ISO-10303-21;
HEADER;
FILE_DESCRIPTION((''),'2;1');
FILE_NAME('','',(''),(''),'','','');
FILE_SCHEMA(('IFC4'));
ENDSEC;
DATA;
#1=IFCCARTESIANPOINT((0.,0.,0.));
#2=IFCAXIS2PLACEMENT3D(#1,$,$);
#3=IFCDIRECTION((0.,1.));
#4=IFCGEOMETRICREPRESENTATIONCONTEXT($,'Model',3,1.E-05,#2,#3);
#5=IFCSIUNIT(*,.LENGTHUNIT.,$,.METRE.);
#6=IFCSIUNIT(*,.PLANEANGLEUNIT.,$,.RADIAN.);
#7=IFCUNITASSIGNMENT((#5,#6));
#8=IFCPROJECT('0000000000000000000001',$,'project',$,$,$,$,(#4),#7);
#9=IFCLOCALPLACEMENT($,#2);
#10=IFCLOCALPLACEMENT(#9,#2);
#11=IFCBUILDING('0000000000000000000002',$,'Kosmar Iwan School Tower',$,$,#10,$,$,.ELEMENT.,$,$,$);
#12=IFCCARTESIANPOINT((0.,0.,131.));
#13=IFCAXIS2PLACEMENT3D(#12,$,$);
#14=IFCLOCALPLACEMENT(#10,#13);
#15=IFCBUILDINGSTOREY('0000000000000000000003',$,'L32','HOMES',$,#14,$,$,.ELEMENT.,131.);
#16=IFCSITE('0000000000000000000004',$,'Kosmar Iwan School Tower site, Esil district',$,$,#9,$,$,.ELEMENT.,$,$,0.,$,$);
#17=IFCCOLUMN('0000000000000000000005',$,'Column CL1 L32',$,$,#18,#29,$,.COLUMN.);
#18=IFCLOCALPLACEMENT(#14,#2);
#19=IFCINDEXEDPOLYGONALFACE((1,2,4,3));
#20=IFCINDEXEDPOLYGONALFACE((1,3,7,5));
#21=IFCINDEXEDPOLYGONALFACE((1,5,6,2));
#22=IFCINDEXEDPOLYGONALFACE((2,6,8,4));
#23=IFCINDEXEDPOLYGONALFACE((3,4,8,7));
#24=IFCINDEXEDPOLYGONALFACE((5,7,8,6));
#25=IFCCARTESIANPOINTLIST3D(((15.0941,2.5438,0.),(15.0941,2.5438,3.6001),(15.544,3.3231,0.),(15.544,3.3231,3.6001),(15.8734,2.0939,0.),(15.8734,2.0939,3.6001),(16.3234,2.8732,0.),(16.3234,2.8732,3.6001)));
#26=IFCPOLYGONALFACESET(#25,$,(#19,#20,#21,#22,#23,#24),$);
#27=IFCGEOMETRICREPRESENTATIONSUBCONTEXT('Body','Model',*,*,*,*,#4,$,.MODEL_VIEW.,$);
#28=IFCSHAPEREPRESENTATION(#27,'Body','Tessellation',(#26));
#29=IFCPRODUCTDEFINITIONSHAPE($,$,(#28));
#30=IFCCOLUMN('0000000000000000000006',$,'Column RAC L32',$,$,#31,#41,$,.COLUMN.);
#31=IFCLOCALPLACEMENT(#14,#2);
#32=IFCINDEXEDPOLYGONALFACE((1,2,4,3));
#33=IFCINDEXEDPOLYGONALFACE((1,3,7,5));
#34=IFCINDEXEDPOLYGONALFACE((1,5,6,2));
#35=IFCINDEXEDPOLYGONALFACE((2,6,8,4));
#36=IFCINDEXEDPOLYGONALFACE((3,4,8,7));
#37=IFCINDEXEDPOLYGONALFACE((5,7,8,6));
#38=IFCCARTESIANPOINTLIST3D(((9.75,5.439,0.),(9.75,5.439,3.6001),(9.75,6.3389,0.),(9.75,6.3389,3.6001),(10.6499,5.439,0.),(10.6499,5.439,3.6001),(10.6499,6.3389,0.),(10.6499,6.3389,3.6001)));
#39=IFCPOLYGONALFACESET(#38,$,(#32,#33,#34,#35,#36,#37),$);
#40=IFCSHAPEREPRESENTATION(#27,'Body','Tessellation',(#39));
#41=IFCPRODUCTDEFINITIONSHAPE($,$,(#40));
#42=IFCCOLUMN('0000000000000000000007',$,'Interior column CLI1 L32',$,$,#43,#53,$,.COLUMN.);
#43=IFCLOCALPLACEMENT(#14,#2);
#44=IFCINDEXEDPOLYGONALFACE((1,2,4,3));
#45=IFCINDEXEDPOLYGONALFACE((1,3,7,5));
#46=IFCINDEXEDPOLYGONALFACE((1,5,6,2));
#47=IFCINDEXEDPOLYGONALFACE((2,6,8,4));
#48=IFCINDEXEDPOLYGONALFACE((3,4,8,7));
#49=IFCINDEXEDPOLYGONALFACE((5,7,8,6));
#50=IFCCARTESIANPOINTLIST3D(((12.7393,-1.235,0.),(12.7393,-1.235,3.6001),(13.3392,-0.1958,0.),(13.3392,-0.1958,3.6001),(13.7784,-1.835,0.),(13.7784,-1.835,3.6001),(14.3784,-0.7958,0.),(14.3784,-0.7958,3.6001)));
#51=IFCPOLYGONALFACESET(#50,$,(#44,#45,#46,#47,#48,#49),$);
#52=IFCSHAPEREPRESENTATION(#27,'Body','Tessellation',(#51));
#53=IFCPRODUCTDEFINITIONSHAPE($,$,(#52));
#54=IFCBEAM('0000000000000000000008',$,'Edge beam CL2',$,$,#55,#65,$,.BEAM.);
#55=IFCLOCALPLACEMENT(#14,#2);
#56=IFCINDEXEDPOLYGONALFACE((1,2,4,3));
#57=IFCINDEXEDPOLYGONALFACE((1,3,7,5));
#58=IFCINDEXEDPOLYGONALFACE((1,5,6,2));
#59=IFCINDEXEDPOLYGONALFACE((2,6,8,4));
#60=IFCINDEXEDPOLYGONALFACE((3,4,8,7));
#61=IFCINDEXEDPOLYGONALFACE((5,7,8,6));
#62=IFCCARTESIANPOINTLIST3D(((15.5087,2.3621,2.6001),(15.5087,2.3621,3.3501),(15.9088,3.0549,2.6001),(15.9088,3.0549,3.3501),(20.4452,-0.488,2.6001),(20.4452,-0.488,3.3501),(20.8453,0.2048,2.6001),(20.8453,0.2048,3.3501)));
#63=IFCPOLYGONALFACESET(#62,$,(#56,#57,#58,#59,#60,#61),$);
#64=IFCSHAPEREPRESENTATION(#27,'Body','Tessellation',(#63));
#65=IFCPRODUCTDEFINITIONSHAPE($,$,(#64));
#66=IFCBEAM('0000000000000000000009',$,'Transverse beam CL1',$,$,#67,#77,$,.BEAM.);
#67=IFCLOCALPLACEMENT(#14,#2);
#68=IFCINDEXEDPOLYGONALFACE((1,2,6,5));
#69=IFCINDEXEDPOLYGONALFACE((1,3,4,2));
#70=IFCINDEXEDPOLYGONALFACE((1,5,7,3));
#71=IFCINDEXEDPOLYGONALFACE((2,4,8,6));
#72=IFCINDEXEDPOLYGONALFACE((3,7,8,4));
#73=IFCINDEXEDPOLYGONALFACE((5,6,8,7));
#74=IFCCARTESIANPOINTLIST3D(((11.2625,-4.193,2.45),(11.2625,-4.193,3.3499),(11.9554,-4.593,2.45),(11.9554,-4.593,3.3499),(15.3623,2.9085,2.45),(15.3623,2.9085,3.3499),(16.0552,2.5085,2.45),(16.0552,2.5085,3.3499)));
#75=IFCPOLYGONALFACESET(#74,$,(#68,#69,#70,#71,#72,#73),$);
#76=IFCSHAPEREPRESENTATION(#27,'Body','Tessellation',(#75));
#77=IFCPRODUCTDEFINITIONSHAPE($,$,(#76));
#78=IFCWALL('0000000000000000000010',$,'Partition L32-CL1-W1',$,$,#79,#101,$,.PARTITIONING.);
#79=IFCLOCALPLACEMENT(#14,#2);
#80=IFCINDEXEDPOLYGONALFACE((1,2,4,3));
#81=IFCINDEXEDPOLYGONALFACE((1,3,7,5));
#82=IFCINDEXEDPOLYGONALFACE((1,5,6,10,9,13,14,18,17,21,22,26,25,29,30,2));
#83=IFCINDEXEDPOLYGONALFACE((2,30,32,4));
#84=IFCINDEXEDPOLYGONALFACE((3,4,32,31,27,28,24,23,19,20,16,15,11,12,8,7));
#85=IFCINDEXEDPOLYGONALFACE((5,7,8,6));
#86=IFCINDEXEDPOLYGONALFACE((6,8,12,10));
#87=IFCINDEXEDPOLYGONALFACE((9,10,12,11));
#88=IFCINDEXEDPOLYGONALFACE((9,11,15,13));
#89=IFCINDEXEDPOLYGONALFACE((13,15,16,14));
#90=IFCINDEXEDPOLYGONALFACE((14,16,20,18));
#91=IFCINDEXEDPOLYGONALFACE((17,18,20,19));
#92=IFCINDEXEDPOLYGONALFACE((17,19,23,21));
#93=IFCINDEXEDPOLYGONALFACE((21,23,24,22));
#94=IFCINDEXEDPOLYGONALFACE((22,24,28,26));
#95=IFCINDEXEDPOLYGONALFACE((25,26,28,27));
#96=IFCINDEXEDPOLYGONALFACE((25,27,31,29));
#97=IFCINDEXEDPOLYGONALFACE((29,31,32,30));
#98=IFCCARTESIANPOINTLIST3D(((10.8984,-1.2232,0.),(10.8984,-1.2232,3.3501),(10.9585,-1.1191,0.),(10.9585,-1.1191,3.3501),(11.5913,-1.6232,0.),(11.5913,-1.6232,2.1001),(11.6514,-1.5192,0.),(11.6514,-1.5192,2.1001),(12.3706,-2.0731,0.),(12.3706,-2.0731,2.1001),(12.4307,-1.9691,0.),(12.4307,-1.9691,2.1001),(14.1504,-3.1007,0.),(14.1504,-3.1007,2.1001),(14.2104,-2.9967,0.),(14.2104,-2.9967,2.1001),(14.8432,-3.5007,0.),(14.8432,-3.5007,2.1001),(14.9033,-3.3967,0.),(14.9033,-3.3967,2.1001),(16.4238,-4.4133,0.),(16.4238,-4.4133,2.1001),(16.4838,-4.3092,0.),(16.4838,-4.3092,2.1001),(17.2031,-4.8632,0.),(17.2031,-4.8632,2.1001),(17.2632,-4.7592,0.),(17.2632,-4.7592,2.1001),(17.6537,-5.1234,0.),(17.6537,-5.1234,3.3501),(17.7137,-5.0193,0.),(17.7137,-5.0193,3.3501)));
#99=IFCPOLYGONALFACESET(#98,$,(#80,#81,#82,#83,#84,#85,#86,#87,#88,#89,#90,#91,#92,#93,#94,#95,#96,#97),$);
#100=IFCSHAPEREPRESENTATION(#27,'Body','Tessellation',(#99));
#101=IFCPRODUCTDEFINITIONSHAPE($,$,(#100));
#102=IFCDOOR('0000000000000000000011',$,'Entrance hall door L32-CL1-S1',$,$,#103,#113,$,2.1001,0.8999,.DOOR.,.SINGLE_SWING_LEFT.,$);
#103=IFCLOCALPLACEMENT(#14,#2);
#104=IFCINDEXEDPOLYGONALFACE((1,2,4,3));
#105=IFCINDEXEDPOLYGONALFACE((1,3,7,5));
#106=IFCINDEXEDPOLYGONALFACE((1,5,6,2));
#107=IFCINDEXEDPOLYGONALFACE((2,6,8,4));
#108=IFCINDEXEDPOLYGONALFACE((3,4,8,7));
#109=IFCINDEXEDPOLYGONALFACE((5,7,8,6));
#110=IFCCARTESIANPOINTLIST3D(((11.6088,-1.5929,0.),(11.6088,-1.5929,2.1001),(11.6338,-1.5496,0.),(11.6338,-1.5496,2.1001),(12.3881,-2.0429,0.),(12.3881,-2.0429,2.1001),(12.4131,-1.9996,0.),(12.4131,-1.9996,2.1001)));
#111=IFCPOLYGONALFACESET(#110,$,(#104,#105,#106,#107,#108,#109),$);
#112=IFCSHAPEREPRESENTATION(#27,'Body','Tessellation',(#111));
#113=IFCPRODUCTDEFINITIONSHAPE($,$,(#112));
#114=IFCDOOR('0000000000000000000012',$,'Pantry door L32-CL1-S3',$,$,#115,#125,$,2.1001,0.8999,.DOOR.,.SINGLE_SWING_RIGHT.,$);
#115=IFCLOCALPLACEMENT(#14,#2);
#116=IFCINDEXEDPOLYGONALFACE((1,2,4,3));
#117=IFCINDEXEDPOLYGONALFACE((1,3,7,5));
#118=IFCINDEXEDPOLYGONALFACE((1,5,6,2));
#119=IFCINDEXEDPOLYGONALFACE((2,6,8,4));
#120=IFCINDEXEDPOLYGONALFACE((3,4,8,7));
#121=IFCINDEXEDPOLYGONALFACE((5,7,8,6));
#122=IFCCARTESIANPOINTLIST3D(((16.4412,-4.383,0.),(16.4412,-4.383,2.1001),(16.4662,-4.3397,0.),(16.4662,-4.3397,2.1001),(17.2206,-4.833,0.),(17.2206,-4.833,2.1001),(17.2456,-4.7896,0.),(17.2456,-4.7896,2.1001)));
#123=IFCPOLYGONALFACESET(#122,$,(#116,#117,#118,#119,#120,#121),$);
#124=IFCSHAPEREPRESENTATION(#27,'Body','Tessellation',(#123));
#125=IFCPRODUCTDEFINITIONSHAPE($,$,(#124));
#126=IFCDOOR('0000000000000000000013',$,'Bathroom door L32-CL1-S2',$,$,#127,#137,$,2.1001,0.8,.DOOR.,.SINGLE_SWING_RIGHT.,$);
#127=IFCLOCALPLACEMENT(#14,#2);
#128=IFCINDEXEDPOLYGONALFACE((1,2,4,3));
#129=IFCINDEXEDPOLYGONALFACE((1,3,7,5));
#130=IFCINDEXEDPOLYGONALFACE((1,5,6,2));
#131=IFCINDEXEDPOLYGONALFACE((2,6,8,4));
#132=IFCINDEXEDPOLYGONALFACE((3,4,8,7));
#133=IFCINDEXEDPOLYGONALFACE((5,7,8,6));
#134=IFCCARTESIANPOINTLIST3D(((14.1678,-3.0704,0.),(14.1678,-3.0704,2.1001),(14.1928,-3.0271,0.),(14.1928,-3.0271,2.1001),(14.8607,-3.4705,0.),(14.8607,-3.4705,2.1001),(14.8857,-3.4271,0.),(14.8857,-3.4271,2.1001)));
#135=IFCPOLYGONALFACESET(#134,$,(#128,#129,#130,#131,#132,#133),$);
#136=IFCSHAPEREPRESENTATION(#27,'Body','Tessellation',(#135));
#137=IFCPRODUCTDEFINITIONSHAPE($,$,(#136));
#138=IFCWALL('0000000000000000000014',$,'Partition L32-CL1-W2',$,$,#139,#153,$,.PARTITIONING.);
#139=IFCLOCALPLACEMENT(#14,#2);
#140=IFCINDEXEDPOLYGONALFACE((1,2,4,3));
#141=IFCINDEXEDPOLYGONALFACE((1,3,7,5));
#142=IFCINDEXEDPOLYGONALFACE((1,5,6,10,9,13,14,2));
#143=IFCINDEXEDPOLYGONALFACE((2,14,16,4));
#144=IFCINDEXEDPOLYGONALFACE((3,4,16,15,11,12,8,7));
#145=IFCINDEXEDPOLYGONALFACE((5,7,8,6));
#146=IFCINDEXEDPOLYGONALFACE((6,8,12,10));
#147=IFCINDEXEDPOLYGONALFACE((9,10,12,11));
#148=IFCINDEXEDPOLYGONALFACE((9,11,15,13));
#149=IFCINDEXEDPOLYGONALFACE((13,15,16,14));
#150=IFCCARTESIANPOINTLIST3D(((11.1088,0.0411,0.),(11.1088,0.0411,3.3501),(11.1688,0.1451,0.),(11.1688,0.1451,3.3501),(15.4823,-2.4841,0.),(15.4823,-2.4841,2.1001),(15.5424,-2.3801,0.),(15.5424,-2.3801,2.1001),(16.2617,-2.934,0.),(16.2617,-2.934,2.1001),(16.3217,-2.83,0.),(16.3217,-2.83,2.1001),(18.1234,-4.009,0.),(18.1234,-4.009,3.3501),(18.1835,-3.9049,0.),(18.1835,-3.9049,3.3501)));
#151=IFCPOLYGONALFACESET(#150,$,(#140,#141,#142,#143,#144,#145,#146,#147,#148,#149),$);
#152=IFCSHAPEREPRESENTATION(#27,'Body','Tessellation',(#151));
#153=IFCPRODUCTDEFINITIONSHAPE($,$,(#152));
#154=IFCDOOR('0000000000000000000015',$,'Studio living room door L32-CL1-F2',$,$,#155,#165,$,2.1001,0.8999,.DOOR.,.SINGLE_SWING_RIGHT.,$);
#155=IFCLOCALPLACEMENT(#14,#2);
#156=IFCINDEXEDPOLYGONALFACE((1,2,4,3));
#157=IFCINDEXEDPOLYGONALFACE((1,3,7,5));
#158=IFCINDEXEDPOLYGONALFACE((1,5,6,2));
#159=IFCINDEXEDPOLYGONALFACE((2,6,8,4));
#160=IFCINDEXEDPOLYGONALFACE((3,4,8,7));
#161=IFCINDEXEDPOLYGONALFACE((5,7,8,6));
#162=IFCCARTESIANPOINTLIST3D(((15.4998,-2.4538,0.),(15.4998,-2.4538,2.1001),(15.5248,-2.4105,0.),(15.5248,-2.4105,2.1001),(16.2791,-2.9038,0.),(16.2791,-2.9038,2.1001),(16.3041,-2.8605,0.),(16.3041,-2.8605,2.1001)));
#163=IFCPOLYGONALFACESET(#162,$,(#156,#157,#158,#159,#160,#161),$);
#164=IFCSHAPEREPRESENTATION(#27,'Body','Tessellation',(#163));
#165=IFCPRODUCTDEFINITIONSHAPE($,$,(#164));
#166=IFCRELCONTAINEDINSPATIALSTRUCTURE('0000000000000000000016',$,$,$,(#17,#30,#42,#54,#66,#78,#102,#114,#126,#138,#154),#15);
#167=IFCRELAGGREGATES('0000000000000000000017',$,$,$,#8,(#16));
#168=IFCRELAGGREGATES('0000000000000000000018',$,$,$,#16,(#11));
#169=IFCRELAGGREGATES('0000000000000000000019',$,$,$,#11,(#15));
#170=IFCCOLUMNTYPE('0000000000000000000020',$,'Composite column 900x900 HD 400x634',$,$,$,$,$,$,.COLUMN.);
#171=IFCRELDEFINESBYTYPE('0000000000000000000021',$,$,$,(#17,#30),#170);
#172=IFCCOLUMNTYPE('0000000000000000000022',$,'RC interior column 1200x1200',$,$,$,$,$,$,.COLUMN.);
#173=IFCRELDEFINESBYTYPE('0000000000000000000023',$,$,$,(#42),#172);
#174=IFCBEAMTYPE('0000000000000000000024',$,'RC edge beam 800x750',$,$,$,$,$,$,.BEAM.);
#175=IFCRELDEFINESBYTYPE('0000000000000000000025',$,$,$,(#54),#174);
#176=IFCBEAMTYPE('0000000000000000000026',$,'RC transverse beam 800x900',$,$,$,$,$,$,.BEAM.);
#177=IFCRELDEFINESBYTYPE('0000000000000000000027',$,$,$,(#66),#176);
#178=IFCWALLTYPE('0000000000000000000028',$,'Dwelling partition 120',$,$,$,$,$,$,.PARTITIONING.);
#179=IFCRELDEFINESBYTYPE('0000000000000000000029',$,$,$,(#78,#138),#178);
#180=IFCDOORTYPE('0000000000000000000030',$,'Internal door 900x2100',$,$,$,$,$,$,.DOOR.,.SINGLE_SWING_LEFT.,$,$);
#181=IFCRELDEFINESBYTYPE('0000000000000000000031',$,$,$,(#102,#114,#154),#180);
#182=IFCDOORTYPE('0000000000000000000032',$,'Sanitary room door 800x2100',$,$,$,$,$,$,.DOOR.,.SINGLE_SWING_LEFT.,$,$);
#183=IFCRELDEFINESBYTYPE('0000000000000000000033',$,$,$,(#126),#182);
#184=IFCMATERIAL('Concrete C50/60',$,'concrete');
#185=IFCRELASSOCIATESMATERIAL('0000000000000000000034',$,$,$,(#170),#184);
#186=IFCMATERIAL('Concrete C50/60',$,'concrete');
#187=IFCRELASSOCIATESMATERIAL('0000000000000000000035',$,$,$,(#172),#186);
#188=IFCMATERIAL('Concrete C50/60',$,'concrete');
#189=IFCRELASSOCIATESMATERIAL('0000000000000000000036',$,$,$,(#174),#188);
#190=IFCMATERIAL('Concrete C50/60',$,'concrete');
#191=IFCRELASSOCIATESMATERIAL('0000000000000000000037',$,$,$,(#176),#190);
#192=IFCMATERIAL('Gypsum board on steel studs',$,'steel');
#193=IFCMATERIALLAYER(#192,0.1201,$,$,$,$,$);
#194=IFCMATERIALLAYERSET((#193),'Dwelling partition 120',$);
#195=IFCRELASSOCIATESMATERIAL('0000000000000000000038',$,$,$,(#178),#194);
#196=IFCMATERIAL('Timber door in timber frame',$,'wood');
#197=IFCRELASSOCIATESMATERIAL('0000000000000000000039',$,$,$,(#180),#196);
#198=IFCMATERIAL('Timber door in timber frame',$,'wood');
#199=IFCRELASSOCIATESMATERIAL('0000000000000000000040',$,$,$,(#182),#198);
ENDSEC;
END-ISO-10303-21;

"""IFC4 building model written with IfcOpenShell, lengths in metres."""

from ifc_helpers import new_model, si_unit, direction, frame, frame_2d, origin, origin_2d, place, context, subcontext, project, spatial, rectangle, extrude, material, layer, layer_set, material_profile, profile_set, type_object, element, fill, save


model = new_model("IFC4")

# Units and contexts
model_context = context("Model", 3, precision=1e-05, world=origin(), true_north=direction((0.0, 1.0)))
body_context = subcontext(model_context, "Body", "Model", "MODEL_VIEW")
ifc_project = project(units=[si_unit("LENGTHUNIT", "METRE"), si_unit("PLANEANGLEUNIT", "RADIAN")], contexts=[model_context])

# Site, building, storey
site_placement = place(None, origin())
site = spatial("IfcSite", under=ifc_project, at=site_placement, Name="Kosmar Iwan School Tower site, Esil district", CompositionType="ELEMENT", RefElevation=0.0)
building_placement = place(site_placement, origin())
building = spatial("IfcBuilding", under=site, at=building_placement, Name="Kosmar Iwan School Tower", CompositionType="ELEMENT")
storey_placement = place(building_placement, frame((0.0, 0.0, 131.0)))
storey = spatial("IfcBuildingStorey", under=building, at=storey_placement, Name="L32", Description="HOMES", CompositionType="ELEMENT", Elevation=131.0)

# Columns
ifc_material_1 = material(Name="Concrete C50/60", Category="concrete")
ifc_material_profile_1 = material_profile(ifc_material_1, rectangle(XDim=0.8999, YDim=0.8999, at=origin_2d()), Name="RC 900x900 + HD 400x634")
ifc_profile_set_1 = profile_set([ifc_material_profile_1], Name="Concrete C50/60")
column_type_1 = type_object("IfcColumnType", Name="Composite column 900x900 HD 400x634", PredefinedType="COLUMN", material=ifc_profile_set_1)
for number, where, z_axis, x_axis, name in (
    (1, (15.7087, 2.7085, 0.0), (0.0, 0.0, 1.0), (0.866025, -0.5, 0.0), "Column CL1 L32"),
    (2, (10.2, 5.8889, 0.0), (0.0, 0.0, 1.0), (1.0, 0.0, 0.0), "Column RAC L32"),
):
    element("IfcColumn", number, at=place(storey_placement, frame(where, z_axis=z_axis, x_axis=x_axis)), inside=storey, type_object=column_type_1, Name=name, PredefinedType="COLUMN", context=body_context, shape_type="SweptSolid", body=[
        extrude(rectangle(XDim=0.8999, YDim=0.8999, at=origin_2d()), origin(), (0.0, 0.0, 1.0), 3.6001),
    ])
ifc_material_2 = material(Name="Concrete C50/60", Category="concrete")
ifc_material_profile_2 = material_profile(ifc_material_2, rectangle(XDim=1.2, YDim=1.2, at=origin_2d()), Name="RC 1200x1200")
ifc_profile_set_2 = profile_set([ifc_material_profile_2], Name="Concrete C50/60")
column_type_2 = type_object("IfcColumnType", Name="RC interior column 1200x1200", PredefinedType="COLUMN", material=ifc_profile_set_2)
column_placement = place(storey_placement, frame((13.5588, -1.0154, 0.0), z_axis=(0.0, 0.0, 1.0), x_axis=(0.866025, -0.5, 0.0)))
element("IfcColumn", 3, at=column_placement, inside=storey, type_object=column_type_2, Name="Interior column CLI1 L32", PredefinedType="COLUMN", context=body_context, shape_type="SweptSolid", body=[
    extrude(rectangle(XDim=1.2, YDim=1.2, at=origin_2d()), origin(), (0.0, 0.0, 1.0), 3.6001),
])

# Beams
ifc_material_3 = material(Name="Concrete C50/60", Category="concrete")
ifc_material_profile_3 = material_profile(ifc_material_3, rectangle(XDim=0.8, YDim=0.75, at=origin_2d()), Name="RC 800x750")
ifc_profile_set_3 = profile_set([ifc_material_profile_3], Name="Concrete C50/60")
beam_type_1 = type_object("IfcBeamType", Name="RC edge beam 800x750", PredefinedType="BEAM", material=ifc_profile_set_3)
beam_1_placement = place(storey_placement, frame((15.7087, 2.7085, 2.9751), z_axis=(0.866026, -0.499999, 0.0), x_axis=(0.499999, 0.866026, 0.0)))
element("IfcBeam", 4, at=beam_1_placement, inside=storey, type_object=beam_type_1, Name="Edge beam CL2", PredefinedType="BEAM", context=body_context, shape_type="SweptSolid", body=[
    extrude(rectangle(XDim=0.8, YDim=0.75, at=origin_2d()), origin(), (0.0, 0.0, 1.0), 5.7002),
])
ifc_material_4 = material(Name="Concrete C50/60", Category="concrete")
ifc_material_profile_4 = material_profile(ifc_material_4, rectangle(XDim=0.8, YDim=0.8999, at=origin_2d()), Name="RC 800x900")
ifc_profile_set_4 = profile_set([ifc_material_profile_4], Name="Concrete C50/60")
beam_type_2 = type_object("IfcBeamType", Name="RC transverse beam 800x900", PredefinedType="BEAM", material=ifc_profile_set_4)
beam_2_placement = place(storey_placement, frame((15.7087, 2.7085, 2.8999), z_axis=(-0.499978, -0.866038, 0.0), x_axis=(0.866038, -0.499978, 0.0)))
element("IfcBeam", 5, at=beam_2_placement, inside=storey, type_object=beam_type_2, Name="Transverse beam CL1", PredefinedType="BEAM", context=body_context, shape_type="SweptSolid", body=[
    extrude(rectangle(XDim=0.8, YDim=0.8999, at=origin_2d()), origin(), (0.0, 0.0, 1.0), 8.2),
])

# Wall, openings, doors
ifc_material_5 = material(Name="Gypsum board on steel studs", Category="steel")
ifc_layer_1 = layer(ifc_material_5, 0.1201)
ifc_layer_set_1 = layer_set([ifc_layer_1], Name="Dwelling partition 120")
wall_type_1 = type_object("IfcWallType", Name="Dwelling partition 120", PredefinedType="PARTITIONING", material=ifc_layer_set_1)
wall_1_placement = place(storey_placement, frame((10.9285, -1.1711, 0.0), z_axis=(0.0, 0.0, 1.0), x_axis=(0.866021, -0.500007, 0.0)))
wall_1 = element("IfcWall", 6, at=wall_1_placement, inside=storey, type_object=wall_type_1, Name="Partition L32-CL1-W1", PredefinedType="PARTITIONING", context=body_context, shape_type="SweptSolid", body=[
    extrude(rectangle(XDim=7.8003, YDim=0.1201, at=frame_2d((3.9001, 0.0))), origin(), (0.0, 0.0, 1.0), 3.3501),
])
opening_1_placement = place(wall_1_placement, frame((0.8, 0.0, 0.0)))
opening_1 = element("IfcOpeningElement", 7, at=opening_1_placement, cuts=wall_1, PredefinedType="OPENING", context=body_context, shape_type="SweptSolid", body=[
    extrude(rectangle(XDim=0.8999, YDim=2.1001, at=frame_2d((0.45, 1.05))), frame((0.0, 0.072, 0.0), z_axis=(0.0, -1.0, 0.0), x_axis=(1.0, 0.0, 0.0)), (0.0, 0.0, 1.0), 0.144),
])
opening_2_placement = place(wall_1_placement, frame((3.7551, 0.0, 0.0)))
opening_2 = element("IfcOpeningElement", 8, at=opening_2_placement, cuts=wall_1, PredefinedType="OPENING", context=body_context, shape_type="SweptSolid", body=[
    extrude(rectangle(XDim=0.8, YDim=2.1001, at=frame_2d((0.3999, 1.05))), frame((0.0, 0.072, 0.0), z_axis=(0.0, -1.0, 0.0), x_axis=(1.0, 0.0, 0.0)), (0.0, 0.0, 1.0), 0.144),
])
opening_3_placement = place(wall_1_placement, frame((6.3801, 0.0, 0.0)))
opening_3 = element("IfcOpeningElement", 9, at=opening_3_placement, cuts=wall_1, PredefinedType="OPENING", context=body_context, shape_type="SweptSolid", body=[
    extrude(rectangle(XDim=0.8999, YDim=2.1001, at=frame_2d((0.45, 1.05))), frame((0.0, 0.072, 0.0), z_axis=(0.0, -1.0, 0.0), x_axis=(1.0, 0.0, 0.0)), (0.0, 0.0, 1.0), 0.144),
])
ifc_material_6 = material(Name="Timber door in timber frame", Category="wood")
door_type_1 = type_object("IfcDoorType", Name="Internal door 900x2100", OperationType="SINGLE_SWING_LEFT", PredefinedType="DOOR", material=ifc_material_6)
door_1_placement = place(opening_1_placement, origin())
door_1 = element("IfcDoor", 10, at=door_1_placement, inside=storey, type_object=door_type_1, Name="Entrance hall door L32-CL1-S1", OperationType="SINGLE_SWING_LEFT", OverallHeight=2.1001, OverallWidth=0.8999, PredefinedType="DOOR", context=body_context, shape_type="SweptSolid", body=[
    extrude(rectangle(XDim=0.8999, YDim=2.1001, at=frame_2d((0.45, 1.05))), frame((0.0, 0.0249, 0.0), z_axis=(0.0, -1.0, 0.0), x_axis=(1.0, 0.0, 0.0)), (0.0, 0.0, 1.0), 0.05),
])
fill(opening_1, door_1)
door_2_placement = place(opening_3_placement, origin())
door_2 = element("IfcDoor", 11, at=door_2_placement, inside=storey, type_object=door_type_1, Name="Pantry door L32-CL1-S3", OperationType="SINGLE_SWING_RIGHT", OverallHeight=2.1001, OverallWidth=0.8999, PredefinedType="DOOR", context=body_context, shape_type="SweptSolid", body=[
    extrude(rectangle(XDim=0.8999, YDim=2.1001, at=frame_2d((0.45, 1.05))), frame((0.0, 0.0249, 0.0), z_axis=(0.0, -1.0, 0.0), x_axis=(1.0, 0.0, 0.0)), (0.0, 0.0, 1.0), 0.05),
])
fill(opening_3, door_2)
ifc_material_7 = material(Name="Timber door in timber frame", Category="wood")
door_type_2 = type_object("IfcDoorType", Name="Sanitary room door 800x2100", OperationType="SINGLE_SWING_LEFT", PredefinedType="DOOR", material=ifc_material_7)
door_3_placement = place(opening_2_placement, origin())
door_3 = element("IfcDoor", 12, at=door_3_placement, inside=storey, type_object=door_type_2, Name="Bathroom door L32-CL1-S2", OperationType="SINGLE_SWING_RIGHT", OverallHeight=2.1001, OverallWidth=0.8, PredefinedType="DOOR", context=body_context, shape_type="SweptSolid", body=[
    extrude(rectangle(XDim=0.8, YDim=2.1001, at=frame_2d((0.3999, 1.05))), frame((0.0, 0.0249, 0.0), z_axis=(0.0, -1.0, 0.0), x_axis=(1.0, 0.0, 0.0)), (0.0, 0.0, 1.0), 0.05),
])
fill(opening_2, door_3)

# Wall, opening, door
wall_2_placement = place(storey_placement, frame((11.1389, 0.093, 0.0), z_axis=(0.0, 0.0, 1.0), x_axis=(0.866018, -0.500013, 0.0)))
wall_2 = element("IfcWall", 13, at=wall_2_placement, inside=storey, type_object=wall_type_1, Name="Partition L32-CL1-W2", PredefinedType="PARTITIONING", context=body_context, shape_type="SweptSolid", body=[
    extrude(rectangle(XDim=8.0999, YDim=0.1201, at=frame_2d((4.0498, 0.0))), origin(), (0.0, 0.0, 1.0), 3.3501),
])
opening_4_placement = place(wall_2_placement, frame((5.05, 0.0, 0.0)))
opening_4 = element("IfcOpeningElement", 14, at=opening_4_placement, cuts=wall_2, PredefinedType="OPENING", context=body_context, shape_type="SweptSolid", body=[
    extrude(rectangle(XDim=0.8999, YDim=2.1001, at=frame_2d((0.45, 1.05))), frame((0.0, 0.072, 0.0), z_axis=(0.0, -1.0, 0.0), x_axis=(1.0, 0.0, 0.0)), (0.0, 0.0, 1.0), 0.144),
])
door_4_placement = place(opening_4_placement, origin())
door_4 = element("IfcDoor", 15, at=door_4_placement, inside=storey, type_object=door_type_1, Name="Studio living room door L32-CL1-F2", OperationType="SINGLE_SWING_RIGHT", OverallHeight=2.1001, OverallWidth=0.8999, PredefinedType="DOOR", context=body_context, shape_type="SweptSolid", body=[
    extrude(rectangle(XDim=0.8999, YDim=2.1001, at=frame_2d((0.45, 1.05))), frame((0.0, 0.0249, 0.0), z_axis=(0.0, -1.0, 0.0), x_axis=(1.0, 0.0, 0.0)), (0.0, 0.0, 1.0), 0.05),
])
fill(opening_4, door_4)

save(model, "model.ifc")
